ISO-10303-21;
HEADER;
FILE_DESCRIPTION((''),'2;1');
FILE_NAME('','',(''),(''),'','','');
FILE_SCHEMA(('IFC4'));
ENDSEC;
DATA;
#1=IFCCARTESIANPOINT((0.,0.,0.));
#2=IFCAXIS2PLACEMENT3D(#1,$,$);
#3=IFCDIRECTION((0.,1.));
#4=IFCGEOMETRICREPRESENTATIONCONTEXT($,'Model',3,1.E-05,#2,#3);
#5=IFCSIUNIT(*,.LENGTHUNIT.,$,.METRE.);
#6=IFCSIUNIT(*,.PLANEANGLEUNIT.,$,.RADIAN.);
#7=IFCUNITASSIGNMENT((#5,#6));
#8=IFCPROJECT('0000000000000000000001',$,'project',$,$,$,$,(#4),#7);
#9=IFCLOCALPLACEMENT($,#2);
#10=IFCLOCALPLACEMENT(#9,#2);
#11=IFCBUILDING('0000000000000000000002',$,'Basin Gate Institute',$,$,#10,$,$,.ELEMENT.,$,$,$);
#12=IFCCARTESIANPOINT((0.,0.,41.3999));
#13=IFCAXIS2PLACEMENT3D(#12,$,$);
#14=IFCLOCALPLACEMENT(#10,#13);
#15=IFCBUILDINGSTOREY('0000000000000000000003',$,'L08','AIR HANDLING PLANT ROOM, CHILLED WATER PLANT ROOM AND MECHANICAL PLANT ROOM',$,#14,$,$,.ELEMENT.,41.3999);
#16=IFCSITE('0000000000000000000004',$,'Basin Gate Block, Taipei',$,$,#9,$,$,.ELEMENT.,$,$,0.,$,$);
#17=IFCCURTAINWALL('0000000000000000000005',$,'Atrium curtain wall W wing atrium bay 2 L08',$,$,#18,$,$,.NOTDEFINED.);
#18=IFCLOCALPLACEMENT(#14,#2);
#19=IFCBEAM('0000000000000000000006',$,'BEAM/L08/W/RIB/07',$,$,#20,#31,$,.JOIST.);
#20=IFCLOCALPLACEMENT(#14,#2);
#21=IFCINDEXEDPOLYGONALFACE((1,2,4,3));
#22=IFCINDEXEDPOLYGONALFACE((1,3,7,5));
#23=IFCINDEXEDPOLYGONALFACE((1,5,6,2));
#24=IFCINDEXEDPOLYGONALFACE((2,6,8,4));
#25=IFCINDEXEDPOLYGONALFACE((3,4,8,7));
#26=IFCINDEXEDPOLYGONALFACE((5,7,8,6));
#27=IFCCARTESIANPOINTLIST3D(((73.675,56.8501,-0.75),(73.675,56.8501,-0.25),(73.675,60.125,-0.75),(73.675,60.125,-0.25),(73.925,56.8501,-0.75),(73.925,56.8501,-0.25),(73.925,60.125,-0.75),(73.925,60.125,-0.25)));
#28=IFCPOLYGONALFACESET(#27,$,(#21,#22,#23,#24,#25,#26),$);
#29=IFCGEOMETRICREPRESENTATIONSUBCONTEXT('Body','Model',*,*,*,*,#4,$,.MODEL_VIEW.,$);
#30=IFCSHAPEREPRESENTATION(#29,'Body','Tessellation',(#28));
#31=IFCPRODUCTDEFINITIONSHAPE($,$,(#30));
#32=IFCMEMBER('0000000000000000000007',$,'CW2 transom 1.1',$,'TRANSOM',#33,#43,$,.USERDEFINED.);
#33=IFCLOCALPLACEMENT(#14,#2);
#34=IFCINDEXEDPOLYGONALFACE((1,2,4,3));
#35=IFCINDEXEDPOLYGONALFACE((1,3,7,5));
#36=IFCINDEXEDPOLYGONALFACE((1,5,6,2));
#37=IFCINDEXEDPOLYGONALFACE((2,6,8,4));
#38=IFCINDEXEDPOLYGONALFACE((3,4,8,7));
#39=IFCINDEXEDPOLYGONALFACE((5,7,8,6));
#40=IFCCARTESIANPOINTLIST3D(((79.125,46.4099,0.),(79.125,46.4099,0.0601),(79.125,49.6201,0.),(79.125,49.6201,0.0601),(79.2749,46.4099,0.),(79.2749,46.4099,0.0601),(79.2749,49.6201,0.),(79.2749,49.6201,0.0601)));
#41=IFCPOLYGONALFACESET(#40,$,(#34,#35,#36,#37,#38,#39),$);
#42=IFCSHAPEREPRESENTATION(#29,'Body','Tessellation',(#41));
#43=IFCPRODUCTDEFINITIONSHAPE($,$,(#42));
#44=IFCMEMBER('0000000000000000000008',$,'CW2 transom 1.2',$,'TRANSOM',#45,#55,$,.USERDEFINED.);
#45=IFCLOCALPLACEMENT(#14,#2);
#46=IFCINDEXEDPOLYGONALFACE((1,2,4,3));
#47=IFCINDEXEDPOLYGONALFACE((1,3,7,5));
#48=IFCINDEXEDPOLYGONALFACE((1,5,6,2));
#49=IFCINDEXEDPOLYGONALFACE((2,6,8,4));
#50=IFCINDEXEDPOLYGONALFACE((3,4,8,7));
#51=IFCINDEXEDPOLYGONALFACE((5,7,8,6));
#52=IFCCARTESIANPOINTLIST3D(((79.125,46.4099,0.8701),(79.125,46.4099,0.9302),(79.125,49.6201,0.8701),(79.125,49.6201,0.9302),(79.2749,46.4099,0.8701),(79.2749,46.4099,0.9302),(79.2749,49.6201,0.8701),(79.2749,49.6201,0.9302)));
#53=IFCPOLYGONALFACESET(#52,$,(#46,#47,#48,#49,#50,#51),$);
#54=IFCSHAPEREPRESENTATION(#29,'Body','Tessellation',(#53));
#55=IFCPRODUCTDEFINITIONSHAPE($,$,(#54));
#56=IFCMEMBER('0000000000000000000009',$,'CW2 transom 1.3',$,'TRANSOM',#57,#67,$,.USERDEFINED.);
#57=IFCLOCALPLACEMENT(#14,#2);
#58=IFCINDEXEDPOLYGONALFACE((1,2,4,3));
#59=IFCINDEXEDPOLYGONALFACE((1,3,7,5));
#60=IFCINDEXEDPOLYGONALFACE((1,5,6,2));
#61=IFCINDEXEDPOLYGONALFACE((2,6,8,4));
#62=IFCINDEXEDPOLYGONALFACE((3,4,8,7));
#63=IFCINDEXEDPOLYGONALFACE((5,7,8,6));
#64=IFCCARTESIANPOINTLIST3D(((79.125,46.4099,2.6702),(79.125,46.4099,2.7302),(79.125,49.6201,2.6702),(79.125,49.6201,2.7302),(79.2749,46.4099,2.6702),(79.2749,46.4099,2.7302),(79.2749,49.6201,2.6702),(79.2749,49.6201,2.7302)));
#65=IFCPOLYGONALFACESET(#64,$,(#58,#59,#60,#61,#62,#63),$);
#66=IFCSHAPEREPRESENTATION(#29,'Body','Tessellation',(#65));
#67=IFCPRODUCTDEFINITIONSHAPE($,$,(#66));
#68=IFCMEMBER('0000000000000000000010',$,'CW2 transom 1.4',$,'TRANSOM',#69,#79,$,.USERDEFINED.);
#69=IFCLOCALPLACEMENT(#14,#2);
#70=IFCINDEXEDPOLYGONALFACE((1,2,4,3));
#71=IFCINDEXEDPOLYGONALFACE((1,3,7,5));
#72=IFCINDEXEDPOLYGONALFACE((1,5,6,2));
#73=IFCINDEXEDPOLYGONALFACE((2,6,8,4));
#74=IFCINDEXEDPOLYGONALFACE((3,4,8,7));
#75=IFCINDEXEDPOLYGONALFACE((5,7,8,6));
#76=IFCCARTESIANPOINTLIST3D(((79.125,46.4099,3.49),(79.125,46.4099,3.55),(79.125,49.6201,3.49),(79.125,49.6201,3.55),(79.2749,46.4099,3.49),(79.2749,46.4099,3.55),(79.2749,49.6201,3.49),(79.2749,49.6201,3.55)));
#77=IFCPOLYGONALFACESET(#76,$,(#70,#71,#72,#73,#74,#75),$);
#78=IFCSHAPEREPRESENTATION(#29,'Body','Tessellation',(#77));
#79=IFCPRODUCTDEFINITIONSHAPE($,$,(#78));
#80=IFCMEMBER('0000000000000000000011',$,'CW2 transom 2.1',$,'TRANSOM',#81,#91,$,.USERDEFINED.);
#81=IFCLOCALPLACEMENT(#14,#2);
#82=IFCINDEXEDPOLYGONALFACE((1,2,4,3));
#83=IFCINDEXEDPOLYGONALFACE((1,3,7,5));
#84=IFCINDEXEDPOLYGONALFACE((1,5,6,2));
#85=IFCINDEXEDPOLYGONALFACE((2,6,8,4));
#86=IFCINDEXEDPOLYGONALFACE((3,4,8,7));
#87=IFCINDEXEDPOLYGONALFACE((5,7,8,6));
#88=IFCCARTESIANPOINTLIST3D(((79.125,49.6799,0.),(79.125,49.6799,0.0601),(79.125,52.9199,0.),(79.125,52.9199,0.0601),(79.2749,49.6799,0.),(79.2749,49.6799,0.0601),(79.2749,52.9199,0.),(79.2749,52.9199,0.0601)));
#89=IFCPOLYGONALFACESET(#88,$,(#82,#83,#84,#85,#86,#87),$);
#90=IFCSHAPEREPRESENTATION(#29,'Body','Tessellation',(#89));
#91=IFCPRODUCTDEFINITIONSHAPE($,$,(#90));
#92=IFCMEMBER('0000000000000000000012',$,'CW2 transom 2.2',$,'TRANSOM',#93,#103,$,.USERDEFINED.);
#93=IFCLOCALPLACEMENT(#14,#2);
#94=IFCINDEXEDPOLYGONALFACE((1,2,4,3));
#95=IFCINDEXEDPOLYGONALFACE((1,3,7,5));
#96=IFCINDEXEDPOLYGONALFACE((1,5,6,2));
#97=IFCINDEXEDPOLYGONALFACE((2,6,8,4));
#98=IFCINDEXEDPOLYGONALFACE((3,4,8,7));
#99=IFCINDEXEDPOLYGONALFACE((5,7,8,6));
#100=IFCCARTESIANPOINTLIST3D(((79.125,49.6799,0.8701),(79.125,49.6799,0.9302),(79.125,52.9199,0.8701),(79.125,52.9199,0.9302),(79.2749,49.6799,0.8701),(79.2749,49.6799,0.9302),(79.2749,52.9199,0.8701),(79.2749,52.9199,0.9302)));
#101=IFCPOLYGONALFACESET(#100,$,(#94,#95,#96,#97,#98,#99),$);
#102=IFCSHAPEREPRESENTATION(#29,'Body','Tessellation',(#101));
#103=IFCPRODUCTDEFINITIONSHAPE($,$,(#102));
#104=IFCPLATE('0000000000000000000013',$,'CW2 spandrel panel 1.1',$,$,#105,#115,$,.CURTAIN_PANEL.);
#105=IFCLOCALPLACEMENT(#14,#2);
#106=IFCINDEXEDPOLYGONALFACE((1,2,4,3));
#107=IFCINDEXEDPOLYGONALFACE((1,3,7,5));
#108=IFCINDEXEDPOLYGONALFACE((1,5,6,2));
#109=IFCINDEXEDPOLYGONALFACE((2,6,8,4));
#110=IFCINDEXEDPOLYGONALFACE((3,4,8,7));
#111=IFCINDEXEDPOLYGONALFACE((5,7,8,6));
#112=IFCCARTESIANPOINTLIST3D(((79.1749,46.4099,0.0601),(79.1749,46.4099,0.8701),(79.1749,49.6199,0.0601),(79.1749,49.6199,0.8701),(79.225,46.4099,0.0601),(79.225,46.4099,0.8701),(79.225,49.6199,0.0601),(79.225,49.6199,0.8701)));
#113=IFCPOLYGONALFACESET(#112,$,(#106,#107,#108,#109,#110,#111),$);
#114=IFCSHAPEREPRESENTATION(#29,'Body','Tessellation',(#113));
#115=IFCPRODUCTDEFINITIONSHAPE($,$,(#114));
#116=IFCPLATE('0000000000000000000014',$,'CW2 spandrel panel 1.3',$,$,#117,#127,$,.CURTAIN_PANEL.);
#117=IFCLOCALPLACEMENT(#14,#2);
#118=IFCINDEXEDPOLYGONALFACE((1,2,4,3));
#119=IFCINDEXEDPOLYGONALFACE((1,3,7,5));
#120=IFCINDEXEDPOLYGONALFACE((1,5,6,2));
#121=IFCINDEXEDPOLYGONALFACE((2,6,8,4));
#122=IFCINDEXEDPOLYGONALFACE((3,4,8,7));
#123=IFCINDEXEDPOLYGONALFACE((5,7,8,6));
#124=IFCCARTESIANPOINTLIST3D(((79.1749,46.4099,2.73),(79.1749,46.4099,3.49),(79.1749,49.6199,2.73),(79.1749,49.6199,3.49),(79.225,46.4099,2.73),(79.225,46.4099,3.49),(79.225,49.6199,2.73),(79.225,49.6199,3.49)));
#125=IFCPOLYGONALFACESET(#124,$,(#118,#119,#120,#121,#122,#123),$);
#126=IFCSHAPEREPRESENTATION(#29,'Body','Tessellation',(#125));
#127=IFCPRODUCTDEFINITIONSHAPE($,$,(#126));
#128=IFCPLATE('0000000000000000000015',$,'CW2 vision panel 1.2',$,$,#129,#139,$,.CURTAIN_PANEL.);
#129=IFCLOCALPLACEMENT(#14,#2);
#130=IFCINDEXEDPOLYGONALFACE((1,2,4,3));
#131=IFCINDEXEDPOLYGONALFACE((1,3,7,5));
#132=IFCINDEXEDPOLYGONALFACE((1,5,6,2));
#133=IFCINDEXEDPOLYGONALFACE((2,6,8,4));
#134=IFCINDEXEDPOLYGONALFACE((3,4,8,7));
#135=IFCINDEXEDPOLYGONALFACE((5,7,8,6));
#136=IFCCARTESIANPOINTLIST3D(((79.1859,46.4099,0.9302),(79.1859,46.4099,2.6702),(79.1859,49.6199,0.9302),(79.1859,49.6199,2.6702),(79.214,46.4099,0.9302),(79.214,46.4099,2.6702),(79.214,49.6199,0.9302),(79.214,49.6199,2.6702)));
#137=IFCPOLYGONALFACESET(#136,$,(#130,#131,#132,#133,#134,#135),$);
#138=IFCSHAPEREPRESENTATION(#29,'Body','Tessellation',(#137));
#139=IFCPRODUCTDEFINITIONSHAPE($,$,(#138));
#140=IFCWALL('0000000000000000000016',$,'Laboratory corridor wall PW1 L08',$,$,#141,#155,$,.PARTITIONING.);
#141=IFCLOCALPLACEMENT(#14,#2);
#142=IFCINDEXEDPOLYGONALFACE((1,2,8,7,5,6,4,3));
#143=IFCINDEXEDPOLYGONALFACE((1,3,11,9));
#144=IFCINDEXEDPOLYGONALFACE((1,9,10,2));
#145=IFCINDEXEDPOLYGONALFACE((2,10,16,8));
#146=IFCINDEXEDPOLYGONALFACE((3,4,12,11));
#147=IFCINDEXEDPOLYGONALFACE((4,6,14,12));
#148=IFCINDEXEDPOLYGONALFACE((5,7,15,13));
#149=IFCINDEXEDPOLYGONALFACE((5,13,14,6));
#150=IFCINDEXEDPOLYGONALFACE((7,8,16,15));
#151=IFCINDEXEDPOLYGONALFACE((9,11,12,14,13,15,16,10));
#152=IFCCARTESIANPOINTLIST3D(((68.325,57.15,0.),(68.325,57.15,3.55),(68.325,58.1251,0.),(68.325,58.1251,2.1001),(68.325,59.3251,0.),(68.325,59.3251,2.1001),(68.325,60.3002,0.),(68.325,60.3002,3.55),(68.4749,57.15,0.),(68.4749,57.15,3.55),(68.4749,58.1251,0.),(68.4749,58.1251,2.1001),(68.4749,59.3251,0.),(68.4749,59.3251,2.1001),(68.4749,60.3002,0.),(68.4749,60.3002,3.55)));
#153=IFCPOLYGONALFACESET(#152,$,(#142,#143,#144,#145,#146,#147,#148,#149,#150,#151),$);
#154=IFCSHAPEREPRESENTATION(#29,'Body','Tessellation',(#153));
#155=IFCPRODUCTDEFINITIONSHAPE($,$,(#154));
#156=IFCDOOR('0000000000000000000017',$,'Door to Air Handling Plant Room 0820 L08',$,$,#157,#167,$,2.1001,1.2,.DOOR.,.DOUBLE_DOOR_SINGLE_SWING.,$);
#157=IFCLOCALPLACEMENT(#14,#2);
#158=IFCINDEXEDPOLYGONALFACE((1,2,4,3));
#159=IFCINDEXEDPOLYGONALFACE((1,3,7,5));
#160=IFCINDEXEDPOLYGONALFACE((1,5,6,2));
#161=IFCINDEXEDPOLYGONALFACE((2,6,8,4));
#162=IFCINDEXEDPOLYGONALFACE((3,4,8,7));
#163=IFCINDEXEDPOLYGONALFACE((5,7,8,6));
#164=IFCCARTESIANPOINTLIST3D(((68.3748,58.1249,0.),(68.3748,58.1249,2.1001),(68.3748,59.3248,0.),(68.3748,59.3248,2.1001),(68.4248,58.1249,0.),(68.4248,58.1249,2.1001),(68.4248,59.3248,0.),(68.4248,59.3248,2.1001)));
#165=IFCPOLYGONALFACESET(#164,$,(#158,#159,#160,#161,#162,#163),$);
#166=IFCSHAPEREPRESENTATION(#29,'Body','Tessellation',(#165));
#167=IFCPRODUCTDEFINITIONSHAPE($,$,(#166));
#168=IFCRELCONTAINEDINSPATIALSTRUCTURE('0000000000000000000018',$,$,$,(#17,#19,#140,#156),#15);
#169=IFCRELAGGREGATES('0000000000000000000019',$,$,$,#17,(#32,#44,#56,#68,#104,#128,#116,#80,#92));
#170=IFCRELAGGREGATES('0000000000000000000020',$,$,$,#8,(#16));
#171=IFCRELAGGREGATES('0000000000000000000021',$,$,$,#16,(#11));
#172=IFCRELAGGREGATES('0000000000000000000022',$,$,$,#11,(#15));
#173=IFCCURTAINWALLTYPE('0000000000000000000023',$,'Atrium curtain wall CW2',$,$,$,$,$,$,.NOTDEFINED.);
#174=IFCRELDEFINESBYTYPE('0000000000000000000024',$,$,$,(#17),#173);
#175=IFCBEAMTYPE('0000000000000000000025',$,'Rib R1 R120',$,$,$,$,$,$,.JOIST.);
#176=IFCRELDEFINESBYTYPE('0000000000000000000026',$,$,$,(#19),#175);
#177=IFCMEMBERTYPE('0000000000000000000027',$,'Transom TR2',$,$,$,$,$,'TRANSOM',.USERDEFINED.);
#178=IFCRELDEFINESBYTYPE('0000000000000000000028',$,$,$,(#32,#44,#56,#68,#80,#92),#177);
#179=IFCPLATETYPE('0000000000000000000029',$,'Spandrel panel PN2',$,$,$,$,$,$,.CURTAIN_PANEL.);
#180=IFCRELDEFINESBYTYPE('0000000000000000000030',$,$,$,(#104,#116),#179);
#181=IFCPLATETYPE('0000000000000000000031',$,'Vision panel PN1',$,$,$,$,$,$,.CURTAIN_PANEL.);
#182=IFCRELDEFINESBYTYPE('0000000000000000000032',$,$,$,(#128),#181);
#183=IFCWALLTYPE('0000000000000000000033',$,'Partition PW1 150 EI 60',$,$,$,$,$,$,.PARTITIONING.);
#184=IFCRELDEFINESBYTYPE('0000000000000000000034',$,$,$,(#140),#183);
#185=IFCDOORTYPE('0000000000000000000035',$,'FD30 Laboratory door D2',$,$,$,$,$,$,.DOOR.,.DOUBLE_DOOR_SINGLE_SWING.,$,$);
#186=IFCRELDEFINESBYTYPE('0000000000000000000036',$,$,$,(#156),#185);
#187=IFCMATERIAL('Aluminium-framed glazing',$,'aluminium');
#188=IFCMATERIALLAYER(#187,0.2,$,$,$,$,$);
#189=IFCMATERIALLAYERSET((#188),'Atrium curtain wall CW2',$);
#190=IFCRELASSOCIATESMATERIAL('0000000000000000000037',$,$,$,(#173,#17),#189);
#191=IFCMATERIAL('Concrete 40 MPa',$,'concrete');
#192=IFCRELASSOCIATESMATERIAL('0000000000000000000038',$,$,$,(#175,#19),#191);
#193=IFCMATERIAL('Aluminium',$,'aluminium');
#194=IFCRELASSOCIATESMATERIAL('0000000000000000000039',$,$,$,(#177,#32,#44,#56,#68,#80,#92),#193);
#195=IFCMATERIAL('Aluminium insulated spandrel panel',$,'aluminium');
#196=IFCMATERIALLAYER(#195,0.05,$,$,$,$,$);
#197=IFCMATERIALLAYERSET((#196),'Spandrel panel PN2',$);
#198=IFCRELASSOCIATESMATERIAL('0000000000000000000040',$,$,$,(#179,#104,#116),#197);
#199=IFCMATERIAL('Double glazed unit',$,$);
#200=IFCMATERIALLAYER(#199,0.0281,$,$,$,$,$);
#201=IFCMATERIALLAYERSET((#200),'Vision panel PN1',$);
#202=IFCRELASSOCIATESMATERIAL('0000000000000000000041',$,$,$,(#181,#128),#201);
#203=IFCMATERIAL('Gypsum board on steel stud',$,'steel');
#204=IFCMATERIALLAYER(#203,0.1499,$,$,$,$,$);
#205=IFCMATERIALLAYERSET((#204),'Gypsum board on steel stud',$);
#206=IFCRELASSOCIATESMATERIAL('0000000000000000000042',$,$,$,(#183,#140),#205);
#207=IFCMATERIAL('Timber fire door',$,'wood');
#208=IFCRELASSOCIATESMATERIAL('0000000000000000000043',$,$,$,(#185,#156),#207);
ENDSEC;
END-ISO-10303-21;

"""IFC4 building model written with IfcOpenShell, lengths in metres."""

from ifc_helpers import new_model, si_unit, direction, frame, frame_2d, origin, origin_2d, place, context, subcontext, project, spatial, rectangle, extrude, material, layer, layer_set, material_profile, profile_set, type_object, element, fill, aggregate, save


model = new_model("IFC4")

# Units and contexts
model_context = context("Model", 3, precision=1e-05, world=origin(), true_north=direction((0.0, 1.0)))
body_context = subcontext(model_context, "Body", "Model", "MODEL_VIEW")
ifc_project = project(units=[si_unit("LENGTHUNIT", "METRE"), si_unit("PLANEANGLEUNIT", "RADIAN")], contexts=[model_context])

# Site, building, storey
site_placement = place(None, origin())
site = spatial("IfcSite", under=ifc_project, at=site_placement, Name="Basin Gate Block, Taipei", CompositionType="ELEMENT", RefElevation=0.0)
building_placement = place(site_placement, origin())
building = spatial("IfcBuilding", under=site, at=building_placement, Name="Basin Gate Institute", CompositionType="ELEMENT")
storey_placement = place(building_placement, frame((0.0, 0.0, 41.3999)))
storey = spatial("IfcBuildingStorey", under=building, at=storey_placement, Name="L08", Description="AIR HANDLING PLANT ROOM, CHILLED WATER PLANT ROOM AND MECHANICAL PLANT ROOM", CompositionType="ELEMENT", Elevation=41.3999)

# Curtain wall
ifc_material_1 = material(Name="Aluminium-framed glazing", Category="aluminium")
ifc_layer_1 = layer(ifc_material_1, 0.2)
ifc_layer_set_1 = layer_set([ifc_layer_1], Name="Atrium curtain wall CW2")
curtain_wall_type = type_object("IfcCurtainWallType", Name="Atrium curtain wall CW2", PredefinedType="NOTDEFINED", material=ifc_layer_set_1)
curtain_wall_placement = place(storey_placement, origin())
curtain_wall = element("IfcCurtainWall", 1, at=curtain_wall_placement, inside=storey, type_object=curtain_wall_type, material=ifc_layer_set_1, Name="Atrium curtain wall W wing atrium bay 2 L08", PredefinedType="NOTDEFINED")

# Beam
ifc_material_2 = material(Name="Concrete 40 MPa", Category="concrete")
ifc_material_profile_1 = material_profile(ifc_material_2, rectangle(XDim=0.25, YDim=0.5, at=origin_2d()), Name="Rib R1 250 x 500")
ifc_profile_set_1 = profile_set([ifc_material_profile_1], Name="Concrete 40 MPa")
beam_type_1 = type_object("IfcBeamType", Name="Rib R1 R120", PredefinedType="JOIST", material=ifc_profile_set_1)
beam_1_placement = place(storey_placement, frame((73.8, 56.8501, -0.5), z_axis=(0.0, 1.0, 0.0), x_axis=(-1.0, 0.0, 0.0)))
element("IfcBeam", 2, at=beam_1_placement, inside=storey, type_object=beam_type_1, material=ifc_profile_set_1, Name="BEAM/L08/W/RIB/07", PredefinedType="JOIST", context=body_context, shape_type="SweptSolid", body=[
    extrude(rectangle(XDim=0.25, YDim=0.5, at=origin_2d()), origin(), (0.0, 0.0, 1.0), 3.2749),
])

# Members
ifc_material_3 = material(Name="Aluminium", Category="aluminium")
ifc_material_profile_2 = material_profile(ifc_material_3, rectangle(XDim=0.1499, YDim=0.0601, at=origin_2d()), Name="Transom TR2 150 x 60")
ifc_profile_set_2 = profile_set([ifc_material_profile_2], Name="Aluminium")
member_type_1 = type_object("IfcMemberType", Name="Transom TR2", ElementType="TRANSOM", PredefinedType="USERDEFINED", material=ifc_profile_set_2)
member_1_placement = place(storey_placement, frame((79.2, 46.4099, 0.03), z_axis=(0.0, 1.0, 0.0), x_axis=(-1.0, 0.0, 0.0)))
member_1 = element("IfcMember", 3, at=member_1_placement, type_object=member_type_1, material=ifc_profile_set_2, Name="CW2 transom 1.1", ObjectType="TRANSOM", PredefinedType="USERDEFINED", context=body_context, shape_type="SweptSolid", body=[
    extrude(rectangle(XDim=0.1499, YDim=0.0601, at=origin_2d()), origin(), (0.0, 0.0, 1.0), 3.2102),
])
member_2_placement = place(storey_placement, frame((79.2, 46.4099, 0.9001), z_axis=(0.0, 1.0, 0.0), x_axis=(-1.0, 0.0, 0.0)))
member_2 = element("IfcMember", 4, at=member_2_placement, type_object=member_type_1, material=ifc_profile_set_2, Name="CW2 transom 1.2", ObjectType="TRANSOM", PredefinedType="USERDEFINED", context=body_context, shape_type="SweptSolid", body=[
    extrude(rectangle(XDim=0.1499, YDim=0.0601, at=origin_2d()), origin(), (0.0, 0.0, 1.0), 3.2102),
])
member_3_placement = place(storey_placement, frame((79.2, 46.4099, 2.7002), z_axis=(0.0, 1.0, 0.0), x_axis=(-1.0, 0.0, 0.0)))
member_3 = element("IfcMember", 5, at=member_3_placement, type_object=member_type_1, material=ifc_profile_set_2, Name="CW2 transom 1.3", ObjectType="TRANSOM", PredefinedType="USERDEFINED", context=body_context, shape_type="SweptSolid", body=[
    extrude(rectangle(XDim=0.1499, YDim=0.0601, at=origin_2d()), origin(), (0.0, 0.0, 1.0), 3.2102),
])
member_4_placement = place(storey_placement, frame((79.2, 46.4099, 3.52), z_axis=(0.0, 1.0, 0.0), x_axis=(-1.0, 0.0, 0.0)))
member_4 = element("IfcMember", 6, at=member_4_placement, type_object=member_type_1, material=ifc_profile_set_2, Name="CW2 transom 1.4", ObjectType="TRANSOM", PredefinedType="USERDEFINED", context=body_context, shape_type="SweptSolid", body=[
    extrude(rectangle(XDim=0.1499, YDim=0.0601, at=origin_2d()), origin(), (0.0, 0.0, 1.0), 3.2102),
])
member_5_placement = place(storey_placement, frame((79.2, 49.6799, 0.03), z_axis=(0.0, 1.0, 0.0), x_axis=(-1.0, 0.0, 0.0)))
member_5 = element("IfcMember", 7, at=member_5_placement, type_object=member_type_1, material=ifc_profile_set_2, Name="CW2 transom 2.1", ObjectType="TRANSOM", PredefinedType="USERDEFINED", context=body_context, shape_type="SweptSolid", body=[
    extrude(rectangle(XDim=0.1499, YDim=0.0601, at=origin_2d()), origin(), (0.0, 0.0, 1.0), 3.24),
])
member_6_placement = place(storey_placement, frame((79.2, 49.6799, 0.9001), z_axis=(0.0, 1.0, 0.0), x_axis=(-1.0, 0.0, 0.0)))
member_6 = element("IfcMember", 8, at=member_6_placement, type_object=member_type_1, material=ifc_profile_set_2, Name="CW2 transom 2.2", ObjectType="TRANSOM", PredefinedType="USERDEFINED", context=body_context, shape_type="SweptSolid", body=[
    extrude(rectangle(XDim=0.1499, YDim=0.0601, at=origin_2d()), origin(), (0.0, 0.0, 1.0), 3.24),
])

# Plates
ifc_material_4 = material(Name="Aluminium insulated spandrel panel", Category="aluminium")
ifc_layer_2 = layer(ifc_material_4, 0.05)
ifc_layer_set_2 = layer_set([ifc_layer_2], Name="Spandrel panel PN2")
plate_type_1 = type_object("IfcPlateType", Name="Spandrel panel PN2", PredefinedType="CURTAIN_PANEL", material=ifc_layer_set_2)
plate_1_placement = place(storey_placement, frame((79.2, 48.0149, 0.0601), z_axis=(0.0, 0.0, 1.0), x_axis=(0.0, 1.0, 0.0)))
plate_1 = element("IfcPlate", 9, at=plate_1_placement, type_object=plate_type_1, material=ifc_layer_set_2, Name="CW2 spandrel panel 1.1", PredefinedType="CURTAIN_PANEL", context=body_context, shape_type="SweptSolid", body=[
    extrude(rectangle(XDim=3.21, YDim=0.05, at=origin_2d()), origin(), (0.0, 0.0, 1.0), 0.8101),
])
plate_2_placement = place(storey_placement, frame((79.2, 48.0149, 2.73), z_axis=(0.0, 0.0, 1.0), x_axis=(0.0, 1.0, 0.0)))
plate_2 = element("IfcPlate", 10, at=plate_2_placement, type_object=plate_type_1, material=ifc_layer_set_2, Name="CW2 spandrel panel 1.3", PredefinedType="CURTAIN_PANEL", context=body_context, shape_type="SweptSolid", body=[
    extrude(rectangle(XDim=3.21, YDim=0.05, at=origin_2d()), origin(), (0.0, 0.0, 1.0), 0.76),
])
ifc_material_5 = material(Name="Double glazed unit")
ifc_layer_3 = layer(ifc_material_5, 0.0281)
ifc_layer_set_3 = layer_set([ifc_layer_3], Name="Vision panel PN1")
plate_type_2 = type_object("IfcPlateType", Name="Vision panel PN1", PredefinedType="CURTAIN_PANEL", material=ifc_layer_set_3)
plate_3_placement = place(storey_placement, frame((79.2, 48.0149, 0.9302), z_axis=(0.0, 0.0, 1.0), x_axis=(0.0, 1.0, 0.0)))
plate_3 = element("IfcPlate", 11, at=plate_3_placement, type_object=plate_type_2, material=ifc_layer_set_3, Name="CW2 vision panel 1.2", PredefinedType="CURTAIN_PANEL", context=body_context, shape_type="SweptSolid", body=[
    extrude(rectangle(XDim=3.21, YDim=0.0281, at=origin_2d()), origin(), (0.0, 0.0, 1.0), 1.74),
])
aggregate(curtain_wall, [member_1, member_2, member_3, member_4, plate_1, plate_3, plate_2, member_5, member_6])

# Wall, opening, door
ifc_material_6 = material(Name="Gypsum board on steel stud", Category="steel")
ifc_layer_4 = layer(ifc_material_6, 0.1499)
ifc_layer_set_4 = layer_set([ifc_layer_4], Name="Gypsum board on steel stud")
wall_type_1 = type_object("IfcWallType", Name="Partition PW1 150 EI 60", PredefinedType="PARTITIONING", material=ifc_layer_set_4)
wall_1_placement = place(storey_placement, frame((68.3999, 57.1499, 0.0), z_axis=(0.0, 0.0, 1.0), x_axis=(0.0, 1.0, 0.0)))
wall_1 = element("IfcWall", 12, at=wall_1_placement, inside=storey, type_object=wall_type_1, material=ifc_layer_set_4, Name="Laboratory corridor wall PW1 L08", PredefinedType="PARTITIONING", context=body_context, shape_type="SweptSolid", body=[
    extrude(rectangle(XDim=3.1501, YDim=0.1499, at=frame_2d((1.5752, 0.0))), origin(), (0.0, 0.0, 1.0), 3.55),
])
opening_1_placement = place(wall_1_placement, frame((0.9751, 0.0, 0.0)))
opening_1 = element("IfcOpeningElement", 13, at=opening_1_placement, cuts=wall_1, PredefinedType="OPENING", context=body_context, shape_type="SweptSolid", body=[
    extrude(rectangle(XDim=1.2, YDim=2.1001, at=frame_2d((0.6001, 1.05))), frame((0.0, 0.085, 0.0), z_axis=(0.0, -1.0, 0.0), x_axis=(1.0, 0.0, 0.0)), (0.0, 0.0, 1.0), 0.1699),
])
ifc_material_7 = material(Name="Timber fire door", Category="wood")
door_type_1 = type_object("IfcDoorType", Name="FD30 Laboratory door D2", OperationType="DOUBLE_DOOR_SINGLE_SWING", PredefinedType="DOOR", material=ifc_material_7)
door_1_placement = place(opening_1_placement, frame((1.2, 0.0, 0.0), z_axis=(0.0, 0.0, 1.0), x_axis=(-1.0, 0.0, 0.0)))
door_1 = element("IfcDoor", 14, at=door_1_placement, inside=storey, type_object=door_type_1, material=ifc_material_7, Name="Door to Air Handling Plant Room 0820 L08", OperationType="DOUBLE_DOOR_SINGLE_SWING", OverallHeight=2.1001, OverallWidth=1.2, PredefinedType="DOOR", context=body_context, shape_type="SweptSolid", body=[
    extrude(rectangle(XDim=1.2, YDim=2.1001, at=frame_2d((0.6001, 1.05))), frame((0.0, 0.0249, 0.0), z_axis=(0.0, -1.0, 0.0), x_axis=(1.0, 0.0, 0.0)), (0.0, 0.0, 1.0), 0.05),
])
fill(opening_1, door_1)

save(model, "model.ifc")
